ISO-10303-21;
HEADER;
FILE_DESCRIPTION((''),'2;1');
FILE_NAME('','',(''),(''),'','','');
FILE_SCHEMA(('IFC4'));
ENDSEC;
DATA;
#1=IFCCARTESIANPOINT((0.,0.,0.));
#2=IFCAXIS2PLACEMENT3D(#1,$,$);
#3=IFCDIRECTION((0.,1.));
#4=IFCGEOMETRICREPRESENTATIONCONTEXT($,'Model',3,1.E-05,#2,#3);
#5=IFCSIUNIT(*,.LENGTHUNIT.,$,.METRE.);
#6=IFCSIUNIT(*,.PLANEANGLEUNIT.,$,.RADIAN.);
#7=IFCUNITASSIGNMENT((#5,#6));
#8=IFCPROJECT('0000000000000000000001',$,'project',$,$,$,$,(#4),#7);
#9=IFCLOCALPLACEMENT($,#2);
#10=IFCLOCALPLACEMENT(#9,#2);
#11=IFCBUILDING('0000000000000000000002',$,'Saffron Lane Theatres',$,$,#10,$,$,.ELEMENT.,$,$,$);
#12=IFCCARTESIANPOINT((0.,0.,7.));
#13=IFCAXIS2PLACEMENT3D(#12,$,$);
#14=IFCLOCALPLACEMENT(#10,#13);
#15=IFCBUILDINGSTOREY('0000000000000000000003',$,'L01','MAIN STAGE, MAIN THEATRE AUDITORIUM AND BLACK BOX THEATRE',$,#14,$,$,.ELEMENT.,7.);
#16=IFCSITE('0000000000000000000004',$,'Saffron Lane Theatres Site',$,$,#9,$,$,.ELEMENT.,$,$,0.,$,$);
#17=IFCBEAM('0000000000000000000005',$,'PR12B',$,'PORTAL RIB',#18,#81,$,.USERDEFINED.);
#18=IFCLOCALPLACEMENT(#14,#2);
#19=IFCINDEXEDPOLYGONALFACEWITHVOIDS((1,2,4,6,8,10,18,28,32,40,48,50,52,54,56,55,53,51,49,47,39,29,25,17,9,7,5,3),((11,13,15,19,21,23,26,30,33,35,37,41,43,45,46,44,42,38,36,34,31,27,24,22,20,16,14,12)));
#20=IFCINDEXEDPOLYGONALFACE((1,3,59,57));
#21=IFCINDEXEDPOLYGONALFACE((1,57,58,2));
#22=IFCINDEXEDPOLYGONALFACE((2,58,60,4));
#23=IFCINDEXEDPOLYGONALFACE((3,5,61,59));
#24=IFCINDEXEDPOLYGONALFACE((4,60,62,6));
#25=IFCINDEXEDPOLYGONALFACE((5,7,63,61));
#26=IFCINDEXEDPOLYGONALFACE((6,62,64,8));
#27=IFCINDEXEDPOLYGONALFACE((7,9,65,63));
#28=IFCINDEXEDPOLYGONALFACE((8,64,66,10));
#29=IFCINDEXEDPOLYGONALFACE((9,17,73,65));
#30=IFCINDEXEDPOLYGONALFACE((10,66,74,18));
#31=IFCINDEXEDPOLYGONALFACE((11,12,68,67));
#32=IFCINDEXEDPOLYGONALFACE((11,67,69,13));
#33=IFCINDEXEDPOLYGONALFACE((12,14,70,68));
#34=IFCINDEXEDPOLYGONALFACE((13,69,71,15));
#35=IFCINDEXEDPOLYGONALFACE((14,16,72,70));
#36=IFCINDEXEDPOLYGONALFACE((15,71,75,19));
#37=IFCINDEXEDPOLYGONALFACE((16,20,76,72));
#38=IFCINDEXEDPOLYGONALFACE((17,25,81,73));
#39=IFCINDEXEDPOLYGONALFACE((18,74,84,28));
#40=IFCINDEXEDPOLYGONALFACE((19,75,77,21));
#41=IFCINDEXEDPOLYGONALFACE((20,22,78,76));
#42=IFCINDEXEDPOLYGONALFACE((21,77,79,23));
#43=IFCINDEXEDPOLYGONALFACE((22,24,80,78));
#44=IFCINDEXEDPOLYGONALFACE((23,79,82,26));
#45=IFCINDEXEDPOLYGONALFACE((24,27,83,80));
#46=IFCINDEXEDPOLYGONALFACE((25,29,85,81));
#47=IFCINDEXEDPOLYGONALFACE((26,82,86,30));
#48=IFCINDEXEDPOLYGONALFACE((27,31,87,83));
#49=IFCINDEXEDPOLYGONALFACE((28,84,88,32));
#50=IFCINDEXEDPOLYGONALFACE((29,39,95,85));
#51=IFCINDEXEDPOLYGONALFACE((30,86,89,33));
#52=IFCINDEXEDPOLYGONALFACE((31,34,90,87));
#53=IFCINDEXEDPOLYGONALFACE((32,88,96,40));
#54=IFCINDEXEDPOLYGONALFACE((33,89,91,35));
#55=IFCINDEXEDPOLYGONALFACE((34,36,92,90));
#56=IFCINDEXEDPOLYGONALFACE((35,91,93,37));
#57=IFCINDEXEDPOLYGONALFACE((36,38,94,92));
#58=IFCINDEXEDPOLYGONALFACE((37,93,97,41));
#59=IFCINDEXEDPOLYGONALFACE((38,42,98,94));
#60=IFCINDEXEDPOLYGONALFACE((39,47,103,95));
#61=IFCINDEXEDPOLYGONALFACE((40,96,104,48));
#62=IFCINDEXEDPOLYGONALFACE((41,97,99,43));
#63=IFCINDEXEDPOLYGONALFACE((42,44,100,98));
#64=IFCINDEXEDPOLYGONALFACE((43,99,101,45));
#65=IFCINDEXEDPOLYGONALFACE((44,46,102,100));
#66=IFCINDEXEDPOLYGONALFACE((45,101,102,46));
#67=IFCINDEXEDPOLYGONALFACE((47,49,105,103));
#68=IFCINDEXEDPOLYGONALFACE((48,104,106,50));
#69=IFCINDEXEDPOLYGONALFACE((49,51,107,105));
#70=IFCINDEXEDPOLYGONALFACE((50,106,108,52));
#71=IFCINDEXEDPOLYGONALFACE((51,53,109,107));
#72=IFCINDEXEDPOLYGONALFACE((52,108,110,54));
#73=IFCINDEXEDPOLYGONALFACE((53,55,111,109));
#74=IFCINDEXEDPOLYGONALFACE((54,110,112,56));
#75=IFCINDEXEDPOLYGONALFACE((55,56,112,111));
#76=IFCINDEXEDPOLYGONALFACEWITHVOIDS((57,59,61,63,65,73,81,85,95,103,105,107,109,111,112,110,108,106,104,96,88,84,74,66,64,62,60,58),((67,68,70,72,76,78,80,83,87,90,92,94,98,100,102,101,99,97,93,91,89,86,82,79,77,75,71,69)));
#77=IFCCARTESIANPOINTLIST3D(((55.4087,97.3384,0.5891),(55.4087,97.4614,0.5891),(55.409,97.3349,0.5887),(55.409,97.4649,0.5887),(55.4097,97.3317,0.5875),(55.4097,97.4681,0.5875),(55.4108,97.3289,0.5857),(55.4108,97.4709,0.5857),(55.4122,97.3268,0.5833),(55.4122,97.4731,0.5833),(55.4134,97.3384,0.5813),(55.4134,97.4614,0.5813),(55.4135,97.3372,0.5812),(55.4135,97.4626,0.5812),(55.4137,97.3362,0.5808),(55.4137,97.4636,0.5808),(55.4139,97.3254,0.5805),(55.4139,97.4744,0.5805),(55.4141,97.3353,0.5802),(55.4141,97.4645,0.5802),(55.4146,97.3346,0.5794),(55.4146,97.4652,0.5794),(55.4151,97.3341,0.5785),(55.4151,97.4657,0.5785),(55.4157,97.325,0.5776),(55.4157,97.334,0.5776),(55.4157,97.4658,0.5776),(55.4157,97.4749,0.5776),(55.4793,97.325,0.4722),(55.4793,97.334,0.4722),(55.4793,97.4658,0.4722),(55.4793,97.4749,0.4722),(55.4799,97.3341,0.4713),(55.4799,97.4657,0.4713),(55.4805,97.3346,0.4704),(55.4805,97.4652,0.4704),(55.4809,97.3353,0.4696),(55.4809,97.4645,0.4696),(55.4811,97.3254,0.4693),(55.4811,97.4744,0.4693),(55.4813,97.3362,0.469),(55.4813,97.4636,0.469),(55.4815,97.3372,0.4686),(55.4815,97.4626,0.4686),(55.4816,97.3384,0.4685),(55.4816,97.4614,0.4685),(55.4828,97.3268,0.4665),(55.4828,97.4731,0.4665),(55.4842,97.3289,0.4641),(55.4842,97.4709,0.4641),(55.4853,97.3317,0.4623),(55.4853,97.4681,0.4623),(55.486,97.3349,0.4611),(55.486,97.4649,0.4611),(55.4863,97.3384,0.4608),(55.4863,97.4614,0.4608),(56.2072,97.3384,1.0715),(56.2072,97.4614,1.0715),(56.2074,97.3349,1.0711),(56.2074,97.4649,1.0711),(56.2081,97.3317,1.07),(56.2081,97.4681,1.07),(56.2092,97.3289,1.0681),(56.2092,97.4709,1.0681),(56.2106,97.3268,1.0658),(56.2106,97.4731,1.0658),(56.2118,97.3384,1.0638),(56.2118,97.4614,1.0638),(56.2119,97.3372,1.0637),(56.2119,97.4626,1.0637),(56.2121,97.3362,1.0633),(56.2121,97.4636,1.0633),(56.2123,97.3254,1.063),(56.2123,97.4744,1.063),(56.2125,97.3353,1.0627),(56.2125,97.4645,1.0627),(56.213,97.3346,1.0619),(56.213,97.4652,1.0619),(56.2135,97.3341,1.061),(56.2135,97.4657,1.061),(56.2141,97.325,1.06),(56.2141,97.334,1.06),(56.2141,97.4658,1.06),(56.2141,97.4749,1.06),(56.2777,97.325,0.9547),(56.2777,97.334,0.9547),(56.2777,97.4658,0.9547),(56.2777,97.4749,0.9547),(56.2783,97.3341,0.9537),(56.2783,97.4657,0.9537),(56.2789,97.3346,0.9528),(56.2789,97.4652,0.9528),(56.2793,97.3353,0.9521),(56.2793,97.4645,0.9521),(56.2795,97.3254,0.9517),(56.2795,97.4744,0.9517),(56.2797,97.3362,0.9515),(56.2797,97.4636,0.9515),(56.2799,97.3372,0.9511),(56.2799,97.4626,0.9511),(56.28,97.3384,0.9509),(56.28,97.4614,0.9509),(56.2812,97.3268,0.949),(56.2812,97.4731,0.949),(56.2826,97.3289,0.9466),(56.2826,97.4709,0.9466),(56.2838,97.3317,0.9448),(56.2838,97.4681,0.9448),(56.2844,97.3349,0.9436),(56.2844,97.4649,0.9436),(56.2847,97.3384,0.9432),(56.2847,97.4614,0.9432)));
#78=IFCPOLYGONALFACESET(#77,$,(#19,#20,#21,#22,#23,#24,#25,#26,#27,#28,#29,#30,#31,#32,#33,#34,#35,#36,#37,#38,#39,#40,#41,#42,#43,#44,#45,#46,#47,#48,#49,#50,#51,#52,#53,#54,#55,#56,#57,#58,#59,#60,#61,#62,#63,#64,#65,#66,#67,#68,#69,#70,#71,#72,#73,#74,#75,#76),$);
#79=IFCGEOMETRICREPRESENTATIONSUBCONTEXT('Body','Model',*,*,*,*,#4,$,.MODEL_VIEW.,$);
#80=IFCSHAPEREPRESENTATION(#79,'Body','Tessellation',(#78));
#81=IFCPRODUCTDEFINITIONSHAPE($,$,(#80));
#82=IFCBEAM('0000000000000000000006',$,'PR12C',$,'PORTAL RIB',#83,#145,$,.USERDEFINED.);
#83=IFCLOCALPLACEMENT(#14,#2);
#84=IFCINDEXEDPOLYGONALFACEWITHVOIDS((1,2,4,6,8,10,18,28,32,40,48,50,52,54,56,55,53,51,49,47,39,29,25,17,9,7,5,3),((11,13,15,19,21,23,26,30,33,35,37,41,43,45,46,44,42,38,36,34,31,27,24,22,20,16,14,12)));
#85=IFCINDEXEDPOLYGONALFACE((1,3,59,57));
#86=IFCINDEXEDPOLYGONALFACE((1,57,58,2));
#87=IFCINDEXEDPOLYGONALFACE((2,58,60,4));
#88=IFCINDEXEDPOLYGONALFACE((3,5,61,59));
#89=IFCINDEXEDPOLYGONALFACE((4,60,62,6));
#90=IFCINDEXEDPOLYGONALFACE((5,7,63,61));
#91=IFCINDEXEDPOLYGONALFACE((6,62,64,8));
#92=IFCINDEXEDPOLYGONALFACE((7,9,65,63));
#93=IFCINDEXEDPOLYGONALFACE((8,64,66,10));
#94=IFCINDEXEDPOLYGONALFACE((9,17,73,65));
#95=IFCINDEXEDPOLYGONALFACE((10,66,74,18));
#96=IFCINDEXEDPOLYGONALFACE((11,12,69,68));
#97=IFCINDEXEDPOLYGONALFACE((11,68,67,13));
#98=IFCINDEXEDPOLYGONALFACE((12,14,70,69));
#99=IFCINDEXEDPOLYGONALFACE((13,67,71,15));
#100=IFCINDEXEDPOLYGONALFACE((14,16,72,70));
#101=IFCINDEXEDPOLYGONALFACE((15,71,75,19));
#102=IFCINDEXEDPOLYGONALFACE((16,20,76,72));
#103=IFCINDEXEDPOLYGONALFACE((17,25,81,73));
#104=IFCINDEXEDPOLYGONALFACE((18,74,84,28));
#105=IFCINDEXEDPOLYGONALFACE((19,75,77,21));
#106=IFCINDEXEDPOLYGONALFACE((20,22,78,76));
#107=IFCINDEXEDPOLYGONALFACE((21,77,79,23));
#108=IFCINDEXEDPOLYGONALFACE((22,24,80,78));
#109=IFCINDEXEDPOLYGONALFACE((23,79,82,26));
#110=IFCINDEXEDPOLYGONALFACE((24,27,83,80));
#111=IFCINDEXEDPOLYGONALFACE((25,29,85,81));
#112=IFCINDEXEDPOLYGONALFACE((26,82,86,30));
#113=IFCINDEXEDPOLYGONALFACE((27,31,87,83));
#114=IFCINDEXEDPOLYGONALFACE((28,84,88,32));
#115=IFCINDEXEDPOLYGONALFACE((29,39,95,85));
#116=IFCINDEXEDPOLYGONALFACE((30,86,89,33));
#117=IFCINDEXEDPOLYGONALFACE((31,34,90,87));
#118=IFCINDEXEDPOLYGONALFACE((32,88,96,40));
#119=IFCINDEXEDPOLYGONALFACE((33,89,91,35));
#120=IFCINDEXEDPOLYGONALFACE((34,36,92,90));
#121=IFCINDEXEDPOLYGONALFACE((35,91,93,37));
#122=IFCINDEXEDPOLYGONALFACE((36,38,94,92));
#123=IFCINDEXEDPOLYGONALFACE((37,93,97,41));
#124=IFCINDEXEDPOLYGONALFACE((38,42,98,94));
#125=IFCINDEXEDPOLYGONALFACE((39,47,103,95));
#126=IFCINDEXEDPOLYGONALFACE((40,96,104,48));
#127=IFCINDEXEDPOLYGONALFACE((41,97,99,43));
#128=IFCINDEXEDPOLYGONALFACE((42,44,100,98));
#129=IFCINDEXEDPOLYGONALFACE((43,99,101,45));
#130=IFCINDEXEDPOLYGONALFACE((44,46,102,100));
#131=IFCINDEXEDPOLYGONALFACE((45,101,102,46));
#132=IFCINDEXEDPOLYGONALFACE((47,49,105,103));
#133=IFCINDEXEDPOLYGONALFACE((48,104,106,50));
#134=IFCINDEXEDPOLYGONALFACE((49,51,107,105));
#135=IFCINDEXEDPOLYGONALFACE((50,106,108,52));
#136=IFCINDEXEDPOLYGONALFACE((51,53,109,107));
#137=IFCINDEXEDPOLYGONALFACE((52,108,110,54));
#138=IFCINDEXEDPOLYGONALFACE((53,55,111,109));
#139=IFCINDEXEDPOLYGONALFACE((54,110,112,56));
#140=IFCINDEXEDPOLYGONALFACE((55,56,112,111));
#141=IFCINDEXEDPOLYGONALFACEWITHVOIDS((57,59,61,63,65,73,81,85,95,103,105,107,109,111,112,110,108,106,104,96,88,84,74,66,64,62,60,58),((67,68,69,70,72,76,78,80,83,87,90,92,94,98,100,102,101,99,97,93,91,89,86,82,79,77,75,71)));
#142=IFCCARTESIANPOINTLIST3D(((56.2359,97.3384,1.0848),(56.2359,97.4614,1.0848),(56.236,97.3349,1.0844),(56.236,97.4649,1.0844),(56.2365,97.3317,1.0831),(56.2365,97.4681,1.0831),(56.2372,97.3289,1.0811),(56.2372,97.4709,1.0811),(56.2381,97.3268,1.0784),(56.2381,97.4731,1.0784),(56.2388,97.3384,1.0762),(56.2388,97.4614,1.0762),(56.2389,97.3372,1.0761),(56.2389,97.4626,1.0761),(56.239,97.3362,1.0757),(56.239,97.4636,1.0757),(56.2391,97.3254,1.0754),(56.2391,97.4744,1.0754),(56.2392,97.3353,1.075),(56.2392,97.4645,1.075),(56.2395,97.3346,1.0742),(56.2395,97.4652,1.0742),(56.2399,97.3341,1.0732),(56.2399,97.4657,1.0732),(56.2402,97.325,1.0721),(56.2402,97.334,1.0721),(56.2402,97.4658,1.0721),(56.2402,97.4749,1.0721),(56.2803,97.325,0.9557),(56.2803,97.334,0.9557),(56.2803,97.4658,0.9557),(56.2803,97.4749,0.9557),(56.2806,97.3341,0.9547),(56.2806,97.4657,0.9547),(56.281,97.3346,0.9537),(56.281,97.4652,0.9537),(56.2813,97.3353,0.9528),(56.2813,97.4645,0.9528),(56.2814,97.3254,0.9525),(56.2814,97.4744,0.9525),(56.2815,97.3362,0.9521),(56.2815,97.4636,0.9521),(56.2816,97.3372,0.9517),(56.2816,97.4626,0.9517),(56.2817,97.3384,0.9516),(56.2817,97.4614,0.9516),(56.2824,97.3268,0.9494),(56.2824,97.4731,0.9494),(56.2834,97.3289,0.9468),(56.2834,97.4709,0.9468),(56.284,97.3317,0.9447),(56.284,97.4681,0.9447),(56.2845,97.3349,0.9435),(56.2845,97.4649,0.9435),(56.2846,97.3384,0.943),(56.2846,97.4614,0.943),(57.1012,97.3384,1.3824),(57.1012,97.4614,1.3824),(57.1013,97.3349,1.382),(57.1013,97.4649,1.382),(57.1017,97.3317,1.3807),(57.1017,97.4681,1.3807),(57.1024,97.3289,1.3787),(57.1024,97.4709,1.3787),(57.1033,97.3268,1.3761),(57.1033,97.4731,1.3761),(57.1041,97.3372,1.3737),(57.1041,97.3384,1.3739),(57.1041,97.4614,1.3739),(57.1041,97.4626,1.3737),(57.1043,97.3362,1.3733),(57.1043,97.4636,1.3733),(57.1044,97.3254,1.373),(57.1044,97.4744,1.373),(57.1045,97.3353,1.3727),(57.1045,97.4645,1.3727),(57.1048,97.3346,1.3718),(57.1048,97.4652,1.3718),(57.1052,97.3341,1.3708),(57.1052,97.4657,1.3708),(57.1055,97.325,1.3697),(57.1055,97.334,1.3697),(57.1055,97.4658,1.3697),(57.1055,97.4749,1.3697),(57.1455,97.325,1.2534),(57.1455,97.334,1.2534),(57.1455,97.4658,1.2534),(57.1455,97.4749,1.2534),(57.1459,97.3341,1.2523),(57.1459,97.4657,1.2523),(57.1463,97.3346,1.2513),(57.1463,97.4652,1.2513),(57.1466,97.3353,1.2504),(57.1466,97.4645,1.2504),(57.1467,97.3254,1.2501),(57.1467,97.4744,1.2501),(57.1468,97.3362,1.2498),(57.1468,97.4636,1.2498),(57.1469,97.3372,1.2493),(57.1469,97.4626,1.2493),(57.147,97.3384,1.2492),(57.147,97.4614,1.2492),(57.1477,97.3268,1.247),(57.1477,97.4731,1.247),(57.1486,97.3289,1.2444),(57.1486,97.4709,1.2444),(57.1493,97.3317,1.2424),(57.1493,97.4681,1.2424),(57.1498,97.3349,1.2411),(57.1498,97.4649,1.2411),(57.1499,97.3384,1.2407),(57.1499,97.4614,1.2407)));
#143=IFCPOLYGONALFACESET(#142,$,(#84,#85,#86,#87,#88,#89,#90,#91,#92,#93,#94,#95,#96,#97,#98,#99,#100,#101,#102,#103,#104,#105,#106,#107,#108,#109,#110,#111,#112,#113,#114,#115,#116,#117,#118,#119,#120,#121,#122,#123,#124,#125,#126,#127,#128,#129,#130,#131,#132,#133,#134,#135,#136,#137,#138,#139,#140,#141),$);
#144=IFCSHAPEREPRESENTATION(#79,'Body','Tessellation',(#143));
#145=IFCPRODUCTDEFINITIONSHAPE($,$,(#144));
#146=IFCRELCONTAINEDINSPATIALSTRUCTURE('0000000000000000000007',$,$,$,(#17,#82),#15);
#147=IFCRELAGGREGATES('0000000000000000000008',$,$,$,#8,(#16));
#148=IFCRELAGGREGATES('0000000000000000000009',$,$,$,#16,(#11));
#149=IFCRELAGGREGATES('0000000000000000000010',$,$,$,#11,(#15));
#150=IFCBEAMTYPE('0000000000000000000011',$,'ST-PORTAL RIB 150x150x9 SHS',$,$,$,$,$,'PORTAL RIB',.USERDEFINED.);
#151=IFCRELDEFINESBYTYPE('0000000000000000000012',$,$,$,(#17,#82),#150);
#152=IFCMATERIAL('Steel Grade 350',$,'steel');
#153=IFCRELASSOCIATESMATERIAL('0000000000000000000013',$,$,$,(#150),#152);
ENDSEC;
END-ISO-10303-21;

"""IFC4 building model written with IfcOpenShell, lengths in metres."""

from ifc_helpers import new_model, si_unit, direction, frame, origin, origin_2d, place, context, subcontext, project, spatial, hollow_rectangle, extrude, material, material_profile, profile_set, type_object, element, save


model = new_model("IFC4")

# Units and contexts
model_context = context("Model", 3, precision=1e-05, world=origin(), true_north=direction((0.0, 1.0)))
body_context = subcontext(model_context, "Body", "Model", "MODEL_VIEW")
ifc_project = project(units=[si_unit("LENGTHUNIT", "METRE"), si_unit("PLANEANGLEUNIT", "RADIAN")], contexts=[model_context])

# Site, building, storey
site_placement = place(None, origin())
site = spatial("IfcSite", under=ifc_project, at=site_placement, Name="Saffron Lane Theatres Site", CompositionType="ELEMENT", RefElevation=0.0)
building_placement = place(site_placement, origin())
building = spatial("IfcBuilding", under=site, at=building_placement, Name="Saffron Lane Theatres", CompositionType="ELEMENT")
storey_placement = place(building_placement, frame((0.0, 0.0, 7.0)))
storey = spatial("IfcBuildingStorey", under=building, at=storey_placement, Name="L01", Description="MAIN STAGE, MAIN THEATRE AUDITORIUM AND BLACK BOX THEATRE", CompositionType="ELEMENT", Elevation=7.0)

# Beams
ifc_material_1 = material(Name="Steel Grade 350", Category="steel")
ifc_material_profile_1 = material_profile(ifc_material_1, hollow_rectangle(XDim=0.1499, YDim=0.1499, WallThickness=0.009, InnerFilletRadius=0.0044, OuterFilletRadius=0.0134, at=origin_2d()))
ifc_profile_set_1 = profile_set([ifc_material_profile_1], Name="Steel Grade 350")
beam_type = type_object("IfcBeamType", Name="ST-PORTAL RIB 150x150x9 SHS", ElementType="PORTAL RIB", PredefinedType="USERDEFINED", material=ifc_profile_set_1)
beam_1_placement = place(storey_placement, frame((55.4475, 97.3999, 0.5249), z_axis=(0.855872, 0.0, 0.517188), x_axis=(0.0, 1.0, 0.0)))
element("IfcBeam", 1, at=beam_1_placement, inside=storey, type_object=beam_type, Name="PR12B", ObjectType="PORTAL RIB", PredefinedType="USERDEFINED", context=body_context, shape_type="SweptSolid", body=[
    extrude(hollow_rectangle(XDim=0.1499, YDim=0.1499, WallThickness=0.009, InnerFilletRadius=0.0044, OuterFilletRadius=0.0134, at=origin_2d()), origin(), (0.0, 0.0, 1.0), 0.9329),
])
beam_2_placement = place(storey_placement, frame((56.2603, 97.3999, 1.0139), z_axis=(0.945625, 0.0, 0.325259), x_axis=(0.0, 1.0, 0.0)))
element("IfcBeam", 2, at=beam_2_placement, inside=storey, type_object=beam_type, Name="PR12C", ObjectType="PORTAL RIB", PredefinedType="USERDEFINED", context=body_context, shape_type="SweptSolid", body=[
    extrude(hollow_rectangle(XDim=0.1499, YDim=0.1499, WallThickness=0.009, InnerFilletRadius=0.0044, OuterFilletRadius=0.0134, at=origin_2d()), origin(), (0.0, 0.0, 1.0), 0.915),
])

save(model, "model.ifc")
